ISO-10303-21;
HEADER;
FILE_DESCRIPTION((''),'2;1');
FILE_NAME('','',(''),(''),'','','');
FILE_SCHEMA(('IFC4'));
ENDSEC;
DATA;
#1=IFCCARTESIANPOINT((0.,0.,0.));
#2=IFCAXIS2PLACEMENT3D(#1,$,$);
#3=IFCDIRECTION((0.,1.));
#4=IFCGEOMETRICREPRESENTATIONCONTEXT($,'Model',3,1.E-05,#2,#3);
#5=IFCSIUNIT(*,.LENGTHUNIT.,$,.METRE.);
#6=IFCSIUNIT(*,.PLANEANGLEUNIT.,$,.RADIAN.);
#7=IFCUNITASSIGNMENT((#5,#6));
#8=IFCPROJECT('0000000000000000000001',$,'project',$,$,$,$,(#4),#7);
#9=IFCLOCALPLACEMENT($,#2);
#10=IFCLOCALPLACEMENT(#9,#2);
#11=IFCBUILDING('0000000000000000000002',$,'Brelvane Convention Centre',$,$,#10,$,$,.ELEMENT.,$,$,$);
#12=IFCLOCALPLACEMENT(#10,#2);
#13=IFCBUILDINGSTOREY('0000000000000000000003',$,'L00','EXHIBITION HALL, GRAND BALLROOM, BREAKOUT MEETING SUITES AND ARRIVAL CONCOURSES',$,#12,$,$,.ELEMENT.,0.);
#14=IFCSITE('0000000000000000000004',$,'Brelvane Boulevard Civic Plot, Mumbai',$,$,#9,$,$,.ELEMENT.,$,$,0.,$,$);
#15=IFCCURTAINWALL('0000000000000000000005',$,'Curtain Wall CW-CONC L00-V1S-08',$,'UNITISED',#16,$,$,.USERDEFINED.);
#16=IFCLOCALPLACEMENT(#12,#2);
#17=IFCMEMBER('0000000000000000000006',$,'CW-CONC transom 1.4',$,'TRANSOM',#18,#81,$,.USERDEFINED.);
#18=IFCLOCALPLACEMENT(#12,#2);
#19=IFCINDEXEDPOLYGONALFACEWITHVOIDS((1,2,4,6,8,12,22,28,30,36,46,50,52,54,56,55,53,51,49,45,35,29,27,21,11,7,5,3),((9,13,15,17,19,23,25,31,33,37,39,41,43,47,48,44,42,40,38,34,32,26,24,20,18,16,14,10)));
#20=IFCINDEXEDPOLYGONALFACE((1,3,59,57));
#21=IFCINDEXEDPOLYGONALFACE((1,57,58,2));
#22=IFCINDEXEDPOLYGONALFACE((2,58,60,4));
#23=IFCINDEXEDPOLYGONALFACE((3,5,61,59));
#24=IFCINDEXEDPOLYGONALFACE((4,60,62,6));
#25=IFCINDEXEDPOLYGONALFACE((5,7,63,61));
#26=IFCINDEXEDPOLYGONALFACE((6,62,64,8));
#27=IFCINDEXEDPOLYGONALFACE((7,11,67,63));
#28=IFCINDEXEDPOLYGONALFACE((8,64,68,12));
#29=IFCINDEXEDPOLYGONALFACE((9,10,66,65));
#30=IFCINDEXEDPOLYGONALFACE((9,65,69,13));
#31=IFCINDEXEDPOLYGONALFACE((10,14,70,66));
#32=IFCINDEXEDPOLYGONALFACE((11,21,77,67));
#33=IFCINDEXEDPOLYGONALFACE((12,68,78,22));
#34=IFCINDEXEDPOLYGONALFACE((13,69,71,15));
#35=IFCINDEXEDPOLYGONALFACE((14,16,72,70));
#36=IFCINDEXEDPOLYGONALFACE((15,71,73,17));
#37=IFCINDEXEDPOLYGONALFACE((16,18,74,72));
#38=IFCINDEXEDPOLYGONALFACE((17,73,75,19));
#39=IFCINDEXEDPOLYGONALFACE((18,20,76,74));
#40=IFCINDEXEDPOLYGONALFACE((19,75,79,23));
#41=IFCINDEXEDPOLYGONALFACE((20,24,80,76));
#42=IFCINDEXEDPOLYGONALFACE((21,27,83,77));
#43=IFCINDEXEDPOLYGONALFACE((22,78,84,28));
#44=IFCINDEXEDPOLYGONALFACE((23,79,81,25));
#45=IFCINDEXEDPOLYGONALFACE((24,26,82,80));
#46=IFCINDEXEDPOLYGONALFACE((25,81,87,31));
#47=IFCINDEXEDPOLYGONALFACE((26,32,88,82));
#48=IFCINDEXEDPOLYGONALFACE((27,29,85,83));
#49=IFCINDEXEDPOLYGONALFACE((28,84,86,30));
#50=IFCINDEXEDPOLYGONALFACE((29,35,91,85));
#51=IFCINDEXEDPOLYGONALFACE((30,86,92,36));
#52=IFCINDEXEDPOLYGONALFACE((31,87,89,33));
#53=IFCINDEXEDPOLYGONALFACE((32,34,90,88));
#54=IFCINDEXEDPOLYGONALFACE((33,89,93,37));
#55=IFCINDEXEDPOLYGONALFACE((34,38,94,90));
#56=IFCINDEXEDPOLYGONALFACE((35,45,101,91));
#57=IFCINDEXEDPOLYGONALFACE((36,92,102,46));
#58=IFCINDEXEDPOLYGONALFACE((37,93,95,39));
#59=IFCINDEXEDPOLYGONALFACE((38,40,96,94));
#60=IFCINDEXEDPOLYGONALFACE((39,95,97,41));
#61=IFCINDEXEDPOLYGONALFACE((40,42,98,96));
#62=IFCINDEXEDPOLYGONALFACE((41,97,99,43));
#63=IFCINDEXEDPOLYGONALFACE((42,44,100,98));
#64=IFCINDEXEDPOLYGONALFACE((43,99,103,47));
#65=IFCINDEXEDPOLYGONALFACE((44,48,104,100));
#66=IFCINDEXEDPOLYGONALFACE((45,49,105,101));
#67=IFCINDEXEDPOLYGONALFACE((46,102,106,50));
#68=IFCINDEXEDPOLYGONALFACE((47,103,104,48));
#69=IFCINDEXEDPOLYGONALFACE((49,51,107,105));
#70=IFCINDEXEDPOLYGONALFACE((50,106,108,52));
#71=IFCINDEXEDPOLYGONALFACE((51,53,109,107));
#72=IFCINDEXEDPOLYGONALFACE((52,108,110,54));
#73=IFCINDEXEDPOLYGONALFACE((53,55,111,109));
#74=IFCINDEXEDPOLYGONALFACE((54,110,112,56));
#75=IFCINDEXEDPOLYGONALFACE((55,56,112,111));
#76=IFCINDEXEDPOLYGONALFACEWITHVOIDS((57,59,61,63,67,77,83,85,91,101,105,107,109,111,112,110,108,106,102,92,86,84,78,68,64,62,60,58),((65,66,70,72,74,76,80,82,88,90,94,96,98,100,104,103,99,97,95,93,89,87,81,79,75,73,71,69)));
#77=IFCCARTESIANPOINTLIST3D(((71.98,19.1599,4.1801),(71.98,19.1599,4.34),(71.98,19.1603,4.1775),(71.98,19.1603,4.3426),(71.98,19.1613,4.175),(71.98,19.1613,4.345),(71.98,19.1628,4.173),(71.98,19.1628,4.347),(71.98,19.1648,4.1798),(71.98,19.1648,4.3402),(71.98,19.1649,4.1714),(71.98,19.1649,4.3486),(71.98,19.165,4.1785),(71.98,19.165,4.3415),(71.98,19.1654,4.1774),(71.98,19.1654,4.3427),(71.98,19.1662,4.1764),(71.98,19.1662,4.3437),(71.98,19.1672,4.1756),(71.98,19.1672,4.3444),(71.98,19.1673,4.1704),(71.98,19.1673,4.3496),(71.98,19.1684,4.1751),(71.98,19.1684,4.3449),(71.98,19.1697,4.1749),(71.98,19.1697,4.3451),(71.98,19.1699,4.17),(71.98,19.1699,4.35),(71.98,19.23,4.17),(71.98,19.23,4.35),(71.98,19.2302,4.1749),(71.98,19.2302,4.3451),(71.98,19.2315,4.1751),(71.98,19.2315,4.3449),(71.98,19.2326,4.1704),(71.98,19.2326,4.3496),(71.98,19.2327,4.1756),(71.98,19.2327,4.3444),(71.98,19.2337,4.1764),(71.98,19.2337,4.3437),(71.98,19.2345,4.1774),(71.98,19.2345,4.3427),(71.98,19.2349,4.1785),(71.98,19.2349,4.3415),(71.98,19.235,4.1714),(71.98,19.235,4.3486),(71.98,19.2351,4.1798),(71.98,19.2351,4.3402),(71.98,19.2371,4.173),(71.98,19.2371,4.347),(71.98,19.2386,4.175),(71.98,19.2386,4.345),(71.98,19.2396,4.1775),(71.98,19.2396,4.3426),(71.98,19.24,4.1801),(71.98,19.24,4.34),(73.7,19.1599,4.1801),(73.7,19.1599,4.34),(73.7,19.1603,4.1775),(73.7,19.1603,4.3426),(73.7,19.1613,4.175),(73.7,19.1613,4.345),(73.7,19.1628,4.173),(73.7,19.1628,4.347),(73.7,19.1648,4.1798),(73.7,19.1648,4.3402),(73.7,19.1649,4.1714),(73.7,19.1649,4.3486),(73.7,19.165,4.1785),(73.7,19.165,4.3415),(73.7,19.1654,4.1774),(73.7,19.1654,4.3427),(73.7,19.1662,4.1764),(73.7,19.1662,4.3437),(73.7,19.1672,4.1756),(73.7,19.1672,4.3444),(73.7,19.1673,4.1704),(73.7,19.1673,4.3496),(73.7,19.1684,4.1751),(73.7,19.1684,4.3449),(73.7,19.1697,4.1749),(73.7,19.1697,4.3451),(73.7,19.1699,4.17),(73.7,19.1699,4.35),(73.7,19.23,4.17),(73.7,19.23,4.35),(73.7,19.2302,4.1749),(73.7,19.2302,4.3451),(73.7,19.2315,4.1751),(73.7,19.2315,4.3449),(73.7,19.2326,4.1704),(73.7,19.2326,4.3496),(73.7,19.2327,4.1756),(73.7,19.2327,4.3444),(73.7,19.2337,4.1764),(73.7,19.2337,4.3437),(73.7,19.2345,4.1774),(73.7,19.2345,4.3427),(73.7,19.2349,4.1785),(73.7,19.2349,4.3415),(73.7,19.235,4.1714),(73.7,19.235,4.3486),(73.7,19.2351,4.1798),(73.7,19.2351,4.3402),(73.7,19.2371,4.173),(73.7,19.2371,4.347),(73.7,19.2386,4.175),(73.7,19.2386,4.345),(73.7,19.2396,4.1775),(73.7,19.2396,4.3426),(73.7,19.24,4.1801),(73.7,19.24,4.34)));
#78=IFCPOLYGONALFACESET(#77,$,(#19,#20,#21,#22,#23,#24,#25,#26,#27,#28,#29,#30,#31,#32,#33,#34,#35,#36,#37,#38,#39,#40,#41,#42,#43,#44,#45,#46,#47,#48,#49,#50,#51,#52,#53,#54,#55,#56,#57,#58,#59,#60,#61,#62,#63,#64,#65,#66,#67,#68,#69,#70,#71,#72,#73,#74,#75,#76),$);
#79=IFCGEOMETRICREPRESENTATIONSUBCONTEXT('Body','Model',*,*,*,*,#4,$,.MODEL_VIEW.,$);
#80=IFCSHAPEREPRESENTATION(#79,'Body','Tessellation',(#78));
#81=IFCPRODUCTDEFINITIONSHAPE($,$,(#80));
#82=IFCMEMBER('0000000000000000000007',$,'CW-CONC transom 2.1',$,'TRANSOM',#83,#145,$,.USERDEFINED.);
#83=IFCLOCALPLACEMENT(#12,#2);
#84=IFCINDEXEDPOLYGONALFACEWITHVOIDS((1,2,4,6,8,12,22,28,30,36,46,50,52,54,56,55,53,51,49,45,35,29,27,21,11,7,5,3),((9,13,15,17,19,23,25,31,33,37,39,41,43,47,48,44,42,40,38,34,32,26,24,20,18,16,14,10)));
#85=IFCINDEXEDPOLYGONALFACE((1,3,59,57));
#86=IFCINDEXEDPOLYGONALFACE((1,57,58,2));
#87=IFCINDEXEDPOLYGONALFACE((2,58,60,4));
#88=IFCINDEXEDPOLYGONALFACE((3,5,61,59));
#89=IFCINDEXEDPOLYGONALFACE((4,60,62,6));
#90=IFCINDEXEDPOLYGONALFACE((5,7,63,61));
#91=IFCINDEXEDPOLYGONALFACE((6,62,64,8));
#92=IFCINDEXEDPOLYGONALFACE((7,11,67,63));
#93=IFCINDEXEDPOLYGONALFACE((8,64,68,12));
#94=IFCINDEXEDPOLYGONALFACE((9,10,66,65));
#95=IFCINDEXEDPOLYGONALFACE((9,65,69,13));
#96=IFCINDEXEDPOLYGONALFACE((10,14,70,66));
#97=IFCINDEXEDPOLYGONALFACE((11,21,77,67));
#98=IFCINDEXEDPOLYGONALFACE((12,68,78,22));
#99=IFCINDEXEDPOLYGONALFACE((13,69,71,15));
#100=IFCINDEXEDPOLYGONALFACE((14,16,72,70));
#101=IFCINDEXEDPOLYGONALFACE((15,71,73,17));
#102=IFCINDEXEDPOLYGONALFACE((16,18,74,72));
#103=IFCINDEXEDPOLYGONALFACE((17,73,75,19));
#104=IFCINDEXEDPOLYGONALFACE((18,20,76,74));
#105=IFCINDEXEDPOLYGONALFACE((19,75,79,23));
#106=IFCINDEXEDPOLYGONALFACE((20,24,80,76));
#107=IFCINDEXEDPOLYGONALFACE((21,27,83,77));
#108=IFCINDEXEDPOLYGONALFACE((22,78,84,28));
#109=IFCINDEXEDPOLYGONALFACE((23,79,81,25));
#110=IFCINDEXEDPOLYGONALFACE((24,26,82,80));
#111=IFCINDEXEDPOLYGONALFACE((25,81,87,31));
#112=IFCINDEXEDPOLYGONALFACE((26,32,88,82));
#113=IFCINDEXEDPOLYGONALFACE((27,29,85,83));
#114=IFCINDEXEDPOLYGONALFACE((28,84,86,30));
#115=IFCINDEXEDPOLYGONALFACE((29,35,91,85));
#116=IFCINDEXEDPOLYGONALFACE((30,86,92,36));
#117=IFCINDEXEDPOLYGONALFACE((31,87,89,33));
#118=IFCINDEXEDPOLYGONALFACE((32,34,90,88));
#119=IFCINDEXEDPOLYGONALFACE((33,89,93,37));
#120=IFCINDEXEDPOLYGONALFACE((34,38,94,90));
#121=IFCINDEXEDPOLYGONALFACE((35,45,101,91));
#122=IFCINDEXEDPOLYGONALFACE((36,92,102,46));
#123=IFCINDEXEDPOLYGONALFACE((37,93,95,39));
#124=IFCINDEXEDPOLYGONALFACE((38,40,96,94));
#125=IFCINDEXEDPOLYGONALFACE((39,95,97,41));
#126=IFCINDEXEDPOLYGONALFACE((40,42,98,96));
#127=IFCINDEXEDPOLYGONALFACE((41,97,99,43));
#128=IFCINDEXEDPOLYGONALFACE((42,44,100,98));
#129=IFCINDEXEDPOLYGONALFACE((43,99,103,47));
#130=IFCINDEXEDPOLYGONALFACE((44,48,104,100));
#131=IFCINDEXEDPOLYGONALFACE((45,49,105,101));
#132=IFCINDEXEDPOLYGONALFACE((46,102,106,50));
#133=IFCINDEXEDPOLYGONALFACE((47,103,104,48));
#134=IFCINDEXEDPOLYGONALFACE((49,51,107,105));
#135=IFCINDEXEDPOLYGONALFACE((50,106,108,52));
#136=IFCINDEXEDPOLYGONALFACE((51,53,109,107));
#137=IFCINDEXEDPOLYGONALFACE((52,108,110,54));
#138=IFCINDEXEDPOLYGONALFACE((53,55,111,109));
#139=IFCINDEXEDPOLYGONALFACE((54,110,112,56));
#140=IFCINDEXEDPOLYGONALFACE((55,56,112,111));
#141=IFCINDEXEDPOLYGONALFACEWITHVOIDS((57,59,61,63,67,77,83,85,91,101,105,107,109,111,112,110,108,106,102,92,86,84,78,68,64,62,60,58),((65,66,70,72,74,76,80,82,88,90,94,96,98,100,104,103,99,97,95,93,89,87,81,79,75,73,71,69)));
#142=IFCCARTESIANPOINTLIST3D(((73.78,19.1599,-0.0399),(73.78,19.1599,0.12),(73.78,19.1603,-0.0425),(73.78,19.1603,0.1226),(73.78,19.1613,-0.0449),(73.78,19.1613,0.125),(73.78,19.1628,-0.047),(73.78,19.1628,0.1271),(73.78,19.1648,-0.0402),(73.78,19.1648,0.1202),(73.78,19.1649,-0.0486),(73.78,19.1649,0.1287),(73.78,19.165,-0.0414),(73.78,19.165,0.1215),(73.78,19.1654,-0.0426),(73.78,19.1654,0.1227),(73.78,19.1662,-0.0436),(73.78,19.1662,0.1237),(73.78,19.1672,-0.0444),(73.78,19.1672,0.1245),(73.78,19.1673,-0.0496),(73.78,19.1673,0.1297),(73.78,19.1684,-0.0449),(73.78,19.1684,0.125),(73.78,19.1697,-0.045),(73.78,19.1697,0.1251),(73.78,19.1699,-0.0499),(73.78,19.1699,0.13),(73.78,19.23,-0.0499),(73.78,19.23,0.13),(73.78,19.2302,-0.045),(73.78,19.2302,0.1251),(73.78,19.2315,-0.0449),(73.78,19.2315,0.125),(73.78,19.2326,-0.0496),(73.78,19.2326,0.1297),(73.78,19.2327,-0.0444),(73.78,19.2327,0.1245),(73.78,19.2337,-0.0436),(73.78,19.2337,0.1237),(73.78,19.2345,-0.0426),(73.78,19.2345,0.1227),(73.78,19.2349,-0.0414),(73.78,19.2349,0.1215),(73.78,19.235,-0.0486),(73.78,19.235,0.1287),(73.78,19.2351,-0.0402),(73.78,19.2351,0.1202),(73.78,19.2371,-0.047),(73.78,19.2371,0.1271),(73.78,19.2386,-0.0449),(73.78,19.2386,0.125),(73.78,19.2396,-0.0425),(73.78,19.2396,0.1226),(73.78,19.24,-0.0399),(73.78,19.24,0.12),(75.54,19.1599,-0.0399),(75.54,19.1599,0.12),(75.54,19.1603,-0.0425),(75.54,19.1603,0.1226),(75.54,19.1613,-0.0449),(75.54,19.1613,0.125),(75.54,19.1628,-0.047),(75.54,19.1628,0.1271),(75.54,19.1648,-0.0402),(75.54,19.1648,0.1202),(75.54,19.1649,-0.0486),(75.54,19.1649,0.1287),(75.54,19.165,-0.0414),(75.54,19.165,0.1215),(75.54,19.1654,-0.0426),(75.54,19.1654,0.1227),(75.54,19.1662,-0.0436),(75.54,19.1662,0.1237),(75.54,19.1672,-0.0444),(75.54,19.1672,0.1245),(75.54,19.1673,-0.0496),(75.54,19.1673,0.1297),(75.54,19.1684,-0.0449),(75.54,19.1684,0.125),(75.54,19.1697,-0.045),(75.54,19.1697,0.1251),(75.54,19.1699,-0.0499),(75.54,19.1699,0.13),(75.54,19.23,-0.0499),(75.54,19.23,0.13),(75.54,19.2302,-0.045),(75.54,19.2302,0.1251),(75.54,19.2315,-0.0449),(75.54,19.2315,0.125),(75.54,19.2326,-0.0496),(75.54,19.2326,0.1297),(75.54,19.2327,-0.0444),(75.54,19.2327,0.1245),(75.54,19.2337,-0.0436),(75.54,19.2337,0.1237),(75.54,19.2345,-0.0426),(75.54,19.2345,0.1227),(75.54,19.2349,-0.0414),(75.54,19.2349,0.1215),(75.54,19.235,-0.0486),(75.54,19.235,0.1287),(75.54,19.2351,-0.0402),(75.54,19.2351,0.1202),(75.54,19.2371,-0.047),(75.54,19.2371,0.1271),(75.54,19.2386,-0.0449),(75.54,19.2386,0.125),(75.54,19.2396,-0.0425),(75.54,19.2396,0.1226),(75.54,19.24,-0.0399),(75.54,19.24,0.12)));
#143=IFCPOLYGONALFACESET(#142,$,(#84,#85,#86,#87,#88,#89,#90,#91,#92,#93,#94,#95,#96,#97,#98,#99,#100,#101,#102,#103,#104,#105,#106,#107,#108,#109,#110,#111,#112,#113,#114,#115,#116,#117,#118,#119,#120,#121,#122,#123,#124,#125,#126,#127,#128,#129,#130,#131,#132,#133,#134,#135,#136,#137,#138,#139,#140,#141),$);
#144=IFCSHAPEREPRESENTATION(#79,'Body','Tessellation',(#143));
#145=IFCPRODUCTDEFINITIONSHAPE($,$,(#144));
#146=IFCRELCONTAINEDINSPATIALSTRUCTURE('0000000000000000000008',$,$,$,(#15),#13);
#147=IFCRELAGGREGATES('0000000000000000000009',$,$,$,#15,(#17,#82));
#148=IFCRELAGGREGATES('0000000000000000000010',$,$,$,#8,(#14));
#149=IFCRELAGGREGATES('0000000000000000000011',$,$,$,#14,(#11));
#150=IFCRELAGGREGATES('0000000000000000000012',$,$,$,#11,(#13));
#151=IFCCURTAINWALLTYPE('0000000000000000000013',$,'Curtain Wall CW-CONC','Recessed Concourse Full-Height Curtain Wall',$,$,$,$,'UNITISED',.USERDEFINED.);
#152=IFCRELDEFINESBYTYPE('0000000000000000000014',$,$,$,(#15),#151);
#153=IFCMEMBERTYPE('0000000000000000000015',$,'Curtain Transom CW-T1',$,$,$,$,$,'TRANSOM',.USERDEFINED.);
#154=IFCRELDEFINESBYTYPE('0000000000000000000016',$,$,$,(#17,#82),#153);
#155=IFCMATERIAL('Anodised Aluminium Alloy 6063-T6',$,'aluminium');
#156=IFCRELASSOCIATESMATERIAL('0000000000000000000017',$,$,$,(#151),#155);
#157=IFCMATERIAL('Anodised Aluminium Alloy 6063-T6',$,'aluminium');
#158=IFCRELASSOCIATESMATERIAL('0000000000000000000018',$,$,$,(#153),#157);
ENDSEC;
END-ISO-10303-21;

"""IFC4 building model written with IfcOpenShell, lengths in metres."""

from ifc_helpers import new_model, si_unit, direction, frame, origin, origin_2d, place, context, subcontext, project, spatial, hollow_rectangle, extrude, material, material_profile, profile_set, type_object, element, aggregate, save


model = new_model("IFC4")

# Units and contexts
model_context = context("Model", 3, precision=1e-05, world=origin(), true_north=direction((0.0, 1.0)))
body_context = subcontext(model_context, "Body", "Model", "MODEL_VIEW")
ifc_project = project(units=[si_unit("LENGTHUNIT", "METRE"), si_unit("PLANEANGLEUNIT", "RADIAN")], contexts=[model_context])

# Site, building, storey
site_placement = place(None, origin())
site = spatial("IfcSite", under=ifc_project, at=site_placement, Name="Brelvane Boulevard Civic Plot, Mumbai", CompositionType="ELEMENT", RefElevation=0.0)
building_placement = place(site_placement, origin())
building = spatial("IfcBuilding", under=site, at=building_placement, Name="Brelvane Convention Centre", CompositionType="ELEMENT")
storey_placement = place(building_placement, origin())
storey = spatial("IfcBuildingStorey", under=building, at=storey_placement, Name="L00", Description="EXHIBITION HALL, GRAND BALLROOM, BREAKOUT MEETING SUITES AND ARRIVAL CONCOURSES", CompositionType="ELEMENT", Elevation=0.0)

# Curtain wall, members
ifc_material_1 = material(Name="Anodised Aluminium Alloy 6063-T6", Category="aluminium")
curtain_wall_type = type_object("IfcCurtainWallType", Name="Curtain Wall CW-CONC", Description="Recessed Concourse Full-Height Curtain Wall", ElementType="UNITISED", PredefinedType="USERDEFINED", material=ifc_material_1)
curtain_wall_placement = place(storey_placement, origin())
curtain_wall = element("IfcCurtainWall", 1, at=curtain_wall_placement, inside=storey, type_object=curtain_wall_type, Name="Curtain Wall CW-CONC L00-V1S-08", ObjectType="UNITISED", PredefinedType="USERDEFINED")
ifc_material_2 = material(Name="Anodised Aluminium Alloy 6063-T6", Category="aluminium")
ifc_material_profile_1 = material_profile(ifc_material_2, hollow_rectangle(XDim=0.0801, YDim=0.1799, WallThickness=0.0049, InnerFilletRadius=0.0049, OuterFilletRadius=0.01, at=origin_2d()), Name="ALU-T 180x80x5.0")
ifc_profile_set_1 = profile_set([ifc_material_profile_1], Name="Anodised Aluminium Alloy 6063-T6")
member_type_1 = type_object("IfcMemberType", Name="Curtain Transom CW-T1", ElementType="TRANSOM", PredefinedType="USERDEFINED", material=ifc_profile_set_1)
member_1_placement = place(storey_placement, frame((71.98, 19.2, 4.26), z_axis=(1.0, 0.0, 0.0), x_axis=(0.0, 1.0, 0.0)))
member_1 = element("IfcMember", 2, at=member_1_placement, type_object=member_type_1, Name="CW-CONC transom 1.4", ObjectType="TRANSOM", PredefinedType="USERDEFINED", context=body_context, shape_type="SweptSolid", body=[
    extrude(hollow_rectangle(XDim=0.0801, YDim=0.1799, WallThickness=0.0049, InnerFilletRadius=0.0049, OuterFilletRadius=0.01, at=origin_2d()), origin(), (0.0, 0.0, 1.0), 1.72),
])
member_2_placement = place(storey_placement, frame((73.78, 19.2, 0.04), z_axis=(1.0, 0.0, 0.0), x_axis=(0.0, 1.0, 0.0)))
member_2 = element("IfcMember", 3, at=member_2_placement, type_object=member_type_1, Name="CW-CONC transom 2.1", ObjectType="TRANSOM", PredefinedType="USERDEFINED", context=body_context, shape_type="SweptSolid", body=[
    extrude(hollow_rectangle(XDim=0.0801, YDim=0.1799, WallThickness=0.0049, InnerFilletRadius=0.0049, OuterFilletRadius=0.01, at=origin_2d()), origin(), (0.0, 0.0, 1.0), 1.76),
])
aggregate(curtain_wall, [member_1, member_2])

save(model, "model.ifc")
